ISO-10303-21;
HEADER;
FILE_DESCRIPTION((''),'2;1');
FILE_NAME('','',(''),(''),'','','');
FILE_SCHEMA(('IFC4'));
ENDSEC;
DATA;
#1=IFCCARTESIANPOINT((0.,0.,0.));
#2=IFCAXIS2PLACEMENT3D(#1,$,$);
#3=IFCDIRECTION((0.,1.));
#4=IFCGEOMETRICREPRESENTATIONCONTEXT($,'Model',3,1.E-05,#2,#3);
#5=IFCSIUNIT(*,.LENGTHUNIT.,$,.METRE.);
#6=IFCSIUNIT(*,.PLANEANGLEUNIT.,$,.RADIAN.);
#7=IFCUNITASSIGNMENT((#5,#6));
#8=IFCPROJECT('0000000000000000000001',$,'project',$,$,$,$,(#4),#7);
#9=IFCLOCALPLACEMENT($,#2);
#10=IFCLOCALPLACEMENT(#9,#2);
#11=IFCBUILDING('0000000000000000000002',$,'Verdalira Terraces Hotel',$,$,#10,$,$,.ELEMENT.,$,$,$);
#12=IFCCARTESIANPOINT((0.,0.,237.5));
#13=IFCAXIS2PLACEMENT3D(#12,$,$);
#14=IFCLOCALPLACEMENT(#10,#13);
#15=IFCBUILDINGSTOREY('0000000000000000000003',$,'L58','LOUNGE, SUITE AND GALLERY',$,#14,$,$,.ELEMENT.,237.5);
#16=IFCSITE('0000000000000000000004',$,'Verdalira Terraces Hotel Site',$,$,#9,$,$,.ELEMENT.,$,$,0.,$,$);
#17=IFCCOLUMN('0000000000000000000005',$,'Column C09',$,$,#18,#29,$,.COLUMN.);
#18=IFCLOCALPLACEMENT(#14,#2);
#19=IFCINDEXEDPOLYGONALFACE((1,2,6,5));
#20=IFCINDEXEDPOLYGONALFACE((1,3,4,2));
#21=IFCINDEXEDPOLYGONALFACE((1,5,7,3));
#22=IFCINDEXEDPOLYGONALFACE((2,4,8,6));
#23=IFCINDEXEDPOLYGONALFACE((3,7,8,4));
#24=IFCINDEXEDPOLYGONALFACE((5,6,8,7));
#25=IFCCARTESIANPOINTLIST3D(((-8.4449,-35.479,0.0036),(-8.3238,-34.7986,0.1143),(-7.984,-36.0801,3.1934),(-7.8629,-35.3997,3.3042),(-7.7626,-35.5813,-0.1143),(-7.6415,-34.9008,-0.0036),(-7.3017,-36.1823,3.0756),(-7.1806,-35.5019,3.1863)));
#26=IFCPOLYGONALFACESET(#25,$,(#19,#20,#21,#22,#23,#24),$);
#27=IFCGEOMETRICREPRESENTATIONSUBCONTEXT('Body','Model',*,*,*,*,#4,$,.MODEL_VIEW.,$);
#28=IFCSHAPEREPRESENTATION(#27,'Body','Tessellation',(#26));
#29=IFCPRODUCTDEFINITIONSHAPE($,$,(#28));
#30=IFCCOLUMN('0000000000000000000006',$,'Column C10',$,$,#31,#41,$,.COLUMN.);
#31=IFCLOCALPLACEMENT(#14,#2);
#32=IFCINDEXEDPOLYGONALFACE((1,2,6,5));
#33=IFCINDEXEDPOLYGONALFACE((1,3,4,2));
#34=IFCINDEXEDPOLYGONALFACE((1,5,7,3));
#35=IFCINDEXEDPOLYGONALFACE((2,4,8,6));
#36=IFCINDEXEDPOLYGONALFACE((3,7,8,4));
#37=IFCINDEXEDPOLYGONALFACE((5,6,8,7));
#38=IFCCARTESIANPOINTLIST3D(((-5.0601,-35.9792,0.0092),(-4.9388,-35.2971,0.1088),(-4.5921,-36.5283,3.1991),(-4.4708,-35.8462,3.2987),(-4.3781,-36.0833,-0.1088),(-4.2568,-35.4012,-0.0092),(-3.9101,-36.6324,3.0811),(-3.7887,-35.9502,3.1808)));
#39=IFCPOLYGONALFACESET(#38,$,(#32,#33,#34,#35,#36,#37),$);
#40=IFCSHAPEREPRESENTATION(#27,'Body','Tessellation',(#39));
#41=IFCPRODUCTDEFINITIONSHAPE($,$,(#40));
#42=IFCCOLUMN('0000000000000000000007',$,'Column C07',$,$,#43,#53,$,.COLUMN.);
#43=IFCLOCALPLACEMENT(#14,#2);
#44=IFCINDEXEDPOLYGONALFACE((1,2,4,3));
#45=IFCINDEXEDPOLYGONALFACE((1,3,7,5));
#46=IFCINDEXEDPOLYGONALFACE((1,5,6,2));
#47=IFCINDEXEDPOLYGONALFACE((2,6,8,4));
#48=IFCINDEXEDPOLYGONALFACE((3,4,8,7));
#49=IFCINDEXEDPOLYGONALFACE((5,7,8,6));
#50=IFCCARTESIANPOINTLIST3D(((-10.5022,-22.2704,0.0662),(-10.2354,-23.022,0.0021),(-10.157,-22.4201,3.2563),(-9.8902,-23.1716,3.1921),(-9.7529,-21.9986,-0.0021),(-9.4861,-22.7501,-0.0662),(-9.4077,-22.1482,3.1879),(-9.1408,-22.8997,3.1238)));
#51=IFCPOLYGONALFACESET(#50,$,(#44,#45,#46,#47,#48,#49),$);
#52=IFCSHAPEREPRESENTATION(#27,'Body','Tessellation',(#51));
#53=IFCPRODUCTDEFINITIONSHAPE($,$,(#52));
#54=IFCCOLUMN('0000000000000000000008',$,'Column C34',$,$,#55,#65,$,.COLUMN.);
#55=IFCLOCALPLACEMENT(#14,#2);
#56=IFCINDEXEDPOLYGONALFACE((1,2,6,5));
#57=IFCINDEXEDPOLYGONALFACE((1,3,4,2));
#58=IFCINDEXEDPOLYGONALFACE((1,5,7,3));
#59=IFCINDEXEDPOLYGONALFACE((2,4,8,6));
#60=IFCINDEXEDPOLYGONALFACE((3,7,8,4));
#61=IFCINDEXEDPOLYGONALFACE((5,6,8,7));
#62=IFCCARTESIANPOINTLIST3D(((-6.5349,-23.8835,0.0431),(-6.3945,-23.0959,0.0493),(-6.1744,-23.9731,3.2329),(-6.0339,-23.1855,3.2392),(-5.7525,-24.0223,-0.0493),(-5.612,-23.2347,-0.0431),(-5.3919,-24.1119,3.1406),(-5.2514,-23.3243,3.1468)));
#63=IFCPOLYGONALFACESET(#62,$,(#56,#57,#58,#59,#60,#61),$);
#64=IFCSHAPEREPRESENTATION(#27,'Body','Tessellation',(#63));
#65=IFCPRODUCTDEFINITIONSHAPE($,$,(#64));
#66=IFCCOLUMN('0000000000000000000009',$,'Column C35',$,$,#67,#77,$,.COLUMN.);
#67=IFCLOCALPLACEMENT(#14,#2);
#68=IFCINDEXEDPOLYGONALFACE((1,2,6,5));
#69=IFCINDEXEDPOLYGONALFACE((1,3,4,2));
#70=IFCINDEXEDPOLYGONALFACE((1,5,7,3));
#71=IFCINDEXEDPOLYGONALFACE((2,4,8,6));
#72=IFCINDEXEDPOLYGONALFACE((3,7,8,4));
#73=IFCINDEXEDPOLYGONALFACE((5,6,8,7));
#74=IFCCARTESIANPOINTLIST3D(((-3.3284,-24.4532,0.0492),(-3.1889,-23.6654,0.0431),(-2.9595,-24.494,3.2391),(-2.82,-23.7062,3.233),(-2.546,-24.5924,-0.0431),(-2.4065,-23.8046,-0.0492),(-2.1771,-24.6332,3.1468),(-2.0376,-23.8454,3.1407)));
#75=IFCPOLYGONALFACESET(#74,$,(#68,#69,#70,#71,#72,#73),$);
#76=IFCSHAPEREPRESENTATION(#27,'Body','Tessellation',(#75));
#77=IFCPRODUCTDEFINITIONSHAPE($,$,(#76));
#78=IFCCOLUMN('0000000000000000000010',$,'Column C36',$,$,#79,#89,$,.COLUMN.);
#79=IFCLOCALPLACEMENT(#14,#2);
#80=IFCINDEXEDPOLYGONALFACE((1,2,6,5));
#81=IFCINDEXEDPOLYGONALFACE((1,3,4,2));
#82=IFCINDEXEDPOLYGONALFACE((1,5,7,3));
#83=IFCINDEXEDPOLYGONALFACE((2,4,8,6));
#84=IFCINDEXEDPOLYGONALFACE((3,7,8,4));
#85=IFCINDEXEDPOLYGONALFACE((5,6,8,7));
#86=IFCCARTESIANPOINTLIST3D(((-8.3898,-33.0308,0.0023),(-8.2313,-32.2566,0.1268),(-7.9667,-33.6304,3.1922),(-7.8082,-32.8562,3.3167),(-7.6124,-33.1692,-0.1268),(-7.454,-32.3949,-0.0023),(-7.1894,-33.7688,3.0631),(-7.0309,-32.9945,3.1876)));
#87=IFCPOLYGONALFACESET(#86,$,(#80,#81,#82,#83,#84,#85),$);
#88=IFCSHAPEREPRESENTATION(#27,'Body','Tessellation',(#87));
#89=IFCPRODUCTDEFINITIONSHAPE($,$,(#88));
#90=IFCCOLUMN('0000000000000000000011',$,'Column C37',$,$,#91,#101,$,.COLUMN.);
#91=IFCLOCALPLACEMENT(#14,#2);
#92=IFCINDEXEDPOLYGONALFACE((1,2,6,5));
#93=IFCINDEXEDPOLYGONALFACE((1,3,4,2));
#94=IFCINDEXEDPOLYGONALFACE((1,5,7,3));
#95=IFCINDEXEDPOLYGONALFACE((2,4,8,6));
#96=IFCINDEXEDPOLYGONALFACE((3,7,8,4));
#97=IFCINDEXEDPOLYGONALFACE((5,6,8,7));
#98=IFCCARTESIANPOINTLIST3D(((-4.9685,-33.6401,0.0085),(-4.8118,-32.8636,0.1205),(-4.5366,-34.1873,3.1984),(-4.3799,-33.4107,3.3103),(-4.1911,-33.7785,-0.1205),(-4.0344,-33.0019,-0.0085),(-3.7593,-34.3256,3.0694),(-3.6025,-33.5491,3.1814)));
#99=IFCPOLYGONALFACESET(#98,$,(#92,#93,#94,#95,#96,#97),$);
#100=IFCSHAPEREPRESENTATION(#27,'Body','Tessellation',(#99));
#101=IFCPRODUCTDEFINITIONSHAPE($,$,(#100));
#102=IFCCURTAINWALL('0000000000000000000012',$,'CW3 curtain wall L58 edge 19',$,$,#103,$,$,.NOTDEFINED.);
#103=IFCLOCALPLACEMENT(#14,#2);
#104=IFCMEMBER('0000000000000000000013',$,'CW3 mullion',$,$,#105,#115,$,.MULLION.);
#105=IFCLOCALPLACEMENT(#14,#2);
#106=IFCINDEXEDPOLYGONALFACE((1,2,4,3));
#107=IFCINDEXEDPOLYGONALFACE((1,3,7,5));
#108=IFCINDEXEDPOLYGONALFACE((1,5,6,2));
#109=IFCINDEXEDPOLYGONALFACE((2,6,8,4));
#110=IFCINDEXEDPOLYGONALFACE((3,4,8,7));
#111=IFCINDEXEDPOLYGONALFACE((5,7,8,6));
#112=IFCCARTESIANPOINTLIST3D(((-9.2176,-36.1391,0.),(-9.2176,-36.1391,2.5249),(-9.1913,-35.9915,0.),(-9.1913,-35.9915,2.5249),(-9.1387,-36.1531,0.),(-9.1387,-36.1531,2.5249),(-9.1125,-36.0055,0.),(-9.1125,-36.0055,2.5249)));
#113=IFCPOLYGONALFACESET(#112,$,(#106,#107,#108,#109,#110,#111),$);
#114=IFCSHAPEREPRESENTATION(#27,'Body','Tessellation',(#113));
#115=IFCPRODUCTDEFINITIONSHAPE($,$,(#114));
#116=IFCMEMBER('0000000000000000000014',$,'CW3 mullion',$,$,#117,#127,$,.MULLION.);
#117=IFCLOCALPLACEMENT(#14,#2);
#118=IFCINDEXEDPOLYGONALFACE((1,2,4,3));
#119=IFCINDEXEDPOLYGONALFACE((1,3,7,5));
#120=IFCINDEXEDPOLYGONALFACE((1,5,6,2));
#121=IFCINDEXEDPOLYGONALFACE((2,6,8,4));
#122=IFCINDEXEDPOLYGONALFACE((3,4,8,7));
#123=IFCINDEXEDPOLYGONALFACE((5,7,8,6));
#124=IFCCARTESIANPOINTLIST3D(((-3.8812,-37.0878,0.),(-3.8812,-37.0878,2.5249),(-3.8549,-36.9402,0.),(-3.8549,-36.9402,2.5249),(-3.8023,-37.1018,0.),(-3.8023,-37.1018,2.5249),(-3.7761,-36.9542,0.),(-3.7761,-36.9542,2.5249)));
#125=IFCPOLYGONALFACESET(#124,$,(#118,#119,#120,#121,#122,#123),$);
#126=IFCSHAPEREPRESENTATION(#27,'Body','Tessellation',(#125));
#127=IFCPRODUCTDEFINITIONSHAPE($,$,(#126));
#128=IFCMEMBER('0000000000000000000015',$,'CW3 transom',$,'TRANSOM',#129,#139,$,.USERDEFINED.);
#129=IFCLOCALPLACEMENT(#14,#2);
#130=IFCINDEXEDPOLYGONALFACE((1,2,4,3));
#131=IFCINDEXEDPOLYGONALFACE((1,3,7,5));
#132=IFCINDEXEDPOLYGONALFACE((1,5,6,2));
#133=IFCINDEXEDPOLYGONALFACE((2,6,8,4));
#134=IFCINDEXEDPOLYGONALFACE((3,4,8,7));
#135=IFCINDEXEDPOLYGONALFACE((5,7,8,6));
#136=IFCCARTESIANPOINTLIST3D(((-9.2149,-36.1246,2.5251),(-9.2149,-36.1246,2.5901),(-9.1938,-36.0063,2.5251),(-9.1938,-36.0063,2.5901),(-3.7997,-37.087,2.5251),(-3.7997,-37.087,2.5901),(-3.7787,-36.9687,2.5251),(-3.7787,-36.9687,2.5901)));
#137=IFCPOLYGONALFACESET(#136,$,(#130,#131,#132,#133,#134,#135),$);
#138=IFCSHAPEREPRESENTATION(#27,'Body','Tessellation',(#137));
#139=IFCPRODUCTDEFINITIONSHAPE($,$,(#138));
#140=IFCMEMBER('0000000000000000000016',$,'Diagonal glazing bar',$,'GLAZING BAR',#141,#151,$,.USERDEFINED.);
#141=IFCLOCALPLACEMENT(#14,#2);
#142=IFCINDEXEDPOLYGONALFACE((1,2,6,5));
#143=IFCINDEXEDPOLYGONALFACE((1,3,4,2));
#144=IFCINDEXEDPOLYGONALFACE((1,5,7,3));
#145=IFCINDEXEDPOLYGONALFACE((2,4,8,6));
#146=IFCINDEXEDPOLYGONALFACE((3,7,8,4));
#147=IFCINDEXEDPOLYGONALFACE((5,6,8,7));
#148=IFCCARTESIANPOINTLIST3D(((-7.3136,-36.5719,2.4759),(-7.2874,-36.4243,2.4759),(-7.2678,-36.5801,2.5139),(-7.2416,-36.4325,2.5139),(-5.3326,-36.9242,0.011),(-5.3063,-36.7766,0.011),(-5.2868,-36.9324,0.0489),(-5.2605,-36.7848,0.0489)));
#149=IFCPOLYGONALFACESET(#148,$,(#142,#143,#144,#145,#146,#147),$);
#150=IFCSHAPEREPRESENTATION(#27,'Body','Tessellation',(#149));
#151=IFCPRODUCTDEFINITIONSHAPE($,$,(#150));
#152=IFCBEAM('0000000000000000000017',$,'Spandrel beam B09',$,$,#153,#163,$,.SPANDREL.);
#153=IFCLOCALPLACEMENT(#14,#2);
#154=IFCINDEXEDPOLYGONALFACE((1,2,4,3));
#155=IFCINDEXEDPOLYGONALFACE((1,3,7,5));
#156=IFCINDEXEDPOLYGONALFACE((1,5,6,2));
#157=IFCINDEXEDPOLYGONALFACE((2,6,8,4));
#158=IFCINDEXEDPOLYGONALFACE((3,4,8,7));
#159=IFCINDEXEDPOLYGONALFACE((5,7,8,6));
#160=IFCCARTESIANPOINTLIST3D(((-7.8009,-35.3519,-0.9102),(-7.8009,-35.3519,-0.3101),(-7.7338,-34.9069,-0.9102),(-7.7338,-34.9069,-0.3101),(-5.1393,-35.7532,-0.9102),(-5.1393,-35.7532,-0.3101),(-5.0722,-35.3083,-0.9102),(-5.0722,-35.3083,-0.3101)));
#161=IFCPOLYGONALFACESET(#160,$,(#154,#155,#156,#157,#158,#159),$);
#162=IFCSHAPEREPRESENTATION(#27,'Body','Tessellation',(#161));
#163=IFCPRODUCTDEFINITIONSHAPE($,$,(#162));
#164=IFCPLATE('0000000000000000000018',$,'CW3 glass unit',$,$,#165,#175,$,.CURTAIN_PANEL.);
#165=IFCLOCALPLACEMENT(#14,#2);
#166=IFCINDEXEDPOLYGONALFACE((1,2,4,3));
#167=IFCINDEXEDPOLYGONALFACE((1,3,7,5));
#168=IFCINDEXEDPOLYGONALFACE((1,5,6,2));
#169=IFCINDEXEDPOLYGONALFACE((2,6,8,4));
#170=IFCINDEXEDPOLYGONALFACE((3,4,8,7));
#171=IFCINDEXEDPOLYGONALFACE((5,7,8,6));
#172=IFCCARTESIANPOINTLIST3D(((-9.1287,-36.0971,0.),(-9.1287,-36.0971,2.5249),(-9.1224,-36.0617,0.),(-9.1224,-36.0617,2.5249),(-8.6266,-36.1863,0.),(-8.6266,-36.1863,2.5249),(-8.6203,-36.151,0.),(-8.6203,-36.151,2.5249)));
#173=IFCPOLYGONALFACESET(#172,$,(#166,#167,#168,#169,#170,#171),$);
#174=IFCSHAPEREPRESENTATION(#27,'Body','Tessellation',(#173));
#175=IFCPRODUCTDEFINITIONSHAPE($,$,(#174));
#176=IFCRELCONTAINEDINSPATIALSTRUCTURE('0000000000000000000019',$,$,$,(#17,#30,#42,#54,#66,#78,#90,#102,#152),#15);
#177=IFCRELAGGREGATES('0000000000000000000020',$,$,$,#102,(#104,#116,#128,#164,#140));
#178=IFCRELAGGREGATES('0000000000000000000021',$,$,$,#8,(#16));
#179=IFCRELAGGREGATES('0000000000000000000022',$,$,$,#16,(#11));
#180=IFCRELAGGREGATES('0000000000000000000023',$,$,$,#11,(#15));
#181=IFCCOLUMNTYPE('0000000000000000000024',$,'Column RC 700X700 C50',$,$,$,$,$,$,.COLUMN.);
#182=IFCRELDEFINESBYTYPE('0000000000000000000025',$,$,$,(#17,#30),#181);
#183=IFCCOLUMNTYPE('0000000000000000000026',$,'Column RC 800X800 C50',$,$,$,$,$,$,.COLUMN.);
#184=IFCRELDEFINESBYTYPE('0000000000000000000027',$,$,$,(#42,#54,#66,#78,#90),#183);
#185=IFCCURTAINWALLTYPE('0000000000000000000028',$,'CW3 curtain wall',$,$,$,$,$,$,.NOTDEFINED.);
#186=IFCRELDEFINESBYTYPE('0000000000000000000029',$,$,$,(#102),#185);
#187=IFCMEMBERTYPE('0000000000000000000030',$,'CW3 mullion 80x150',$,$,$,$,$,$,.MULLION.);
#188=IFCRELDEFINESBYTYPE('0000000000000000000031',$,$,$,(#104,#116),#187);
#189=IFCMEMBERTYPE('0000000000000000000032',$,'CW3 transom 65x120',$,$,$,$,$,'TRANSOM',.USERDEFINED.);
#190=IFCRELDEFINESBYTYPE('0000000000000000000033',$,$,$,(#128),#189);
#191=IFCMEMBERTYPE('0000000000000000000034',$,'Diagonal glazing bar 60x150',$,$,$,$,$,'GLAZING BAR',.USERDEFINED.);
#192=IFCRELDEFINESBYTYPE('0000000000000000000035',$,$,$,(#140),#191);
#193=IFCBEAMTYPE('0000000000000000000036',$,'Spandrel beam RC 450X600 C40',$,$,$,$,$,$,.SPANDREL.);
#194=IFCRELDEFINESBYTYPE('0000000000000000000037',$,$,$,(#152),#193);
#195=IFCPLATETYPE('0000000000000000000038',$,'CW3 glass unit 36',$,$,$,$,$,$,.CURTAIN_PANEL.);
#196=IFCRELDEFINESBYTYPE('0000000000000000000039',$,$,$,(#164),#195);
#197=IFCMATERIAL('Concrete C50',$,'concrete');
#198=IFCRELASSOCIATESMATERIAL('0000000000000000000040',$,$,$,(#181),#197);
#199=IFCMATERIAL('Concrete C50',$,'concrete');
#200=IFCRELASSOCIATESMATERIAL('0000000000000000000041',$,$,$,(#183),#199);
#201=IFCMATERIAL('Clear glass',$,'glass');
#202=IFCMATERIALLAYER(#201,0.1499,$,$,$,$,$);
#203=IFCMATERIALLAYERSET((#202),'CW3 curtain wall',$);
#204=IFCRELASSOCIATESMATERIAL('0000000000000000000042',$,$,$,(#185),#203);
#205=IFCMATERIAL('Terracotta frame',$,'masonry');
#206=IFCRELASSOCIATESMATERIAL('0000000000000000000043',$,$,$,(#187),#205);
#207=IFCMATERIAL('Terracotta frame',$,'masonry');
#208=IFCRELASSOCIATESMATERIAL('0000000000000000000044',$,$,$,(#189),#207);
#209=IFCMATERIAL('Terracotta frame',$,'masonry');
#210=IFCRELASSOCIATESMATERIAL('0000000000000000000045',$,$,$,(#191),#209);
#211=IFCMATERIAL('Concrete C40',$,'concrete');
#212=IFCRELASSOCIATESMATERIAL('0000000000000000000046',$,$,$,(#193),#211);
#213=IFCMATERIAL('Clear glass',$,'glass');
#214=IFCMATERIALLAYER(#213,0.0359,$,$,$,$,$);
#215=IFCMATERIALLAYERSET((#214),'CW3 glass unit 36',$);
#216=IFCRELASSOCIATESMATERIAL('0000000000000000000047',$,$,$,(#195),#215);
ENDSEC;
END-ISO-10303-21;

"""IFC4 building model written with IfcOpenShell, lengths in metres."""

from ifc_helpers import new_model, si_unit, direction, frame, origin, origin_2d, place, context, subcontext, project, spatial, rectangle, extrude, material, layer, layer_set, material_profile, profile_set, type_object, element, aggregate, save


model = new_model("IFC4")

# Units and contexts
model_context = context("Model", 3, precision=1e-05, world=origin(), true_north=direction((0.0, 1.0)))
body_context = subcontext(model_context, "Body", "Model", "MODEL_VIEW")
ifc_project = project(units=[si_unit("LENGTHUNIT", "METRE"), si_unit("PLANEANGLEUNIT", "RADIAN")], contexts=[model_context])

# Site, building, storey
site_placement = place(None, origin())
site = spatial("IfcSite", under=ifc_project, at=site_placement, Name="Verdalira Terraces Hotel Site", CompositionType="ELEMENT", RefElevation=0.0)
building_placement = place(site_placement, origin())
building = spatial("IfcBuilding", under=site, at=building_placement, Name="Verdalira Terraces Hotel", CompositionType="ELEMENT")
storey_placement = place(building_placement, frame((0.0, 0.0, 237.5)))
storey = spatial("IfcBuildingStorey", under=building, at=storey_placement, Name="L58", Description="LOUNGE, SUITE AND GALLERY", CompositionType="ELEMENT", Elevation=237.5)

# Columns
ifc_material_1 = material(Name="Concrete C50", Category="concrete")
ifc_material_profile_1 = material_profile(ifc_material_1, rectangle(XDim=0.7, YDim=0.7, at=origin_2d()), Name="RC 700X700")
ifc_profile_set_1 = profile_set([ifc_material_profile_1], Name="Concrete C50")
column_type_1 = type_object("IfcColumnType", Name="Column RC 700X700 C50", PredefinedType="COLUMN", material=ifc_profile_set_1)
column_1_placement = place(storey_placement, frame((-8.0432, -35.1899, 0.0), z_axis=(0.140588, -0.18333, 0.972947), x_axis=(0.974839, -0.146069, -0.168385)))
element("IfcColumn", 1, at=column_1_placement, inside=storey, type_object=column_type_1, Name="Column C09", PredefinedType="COLUMN", context=body_context, shape_type="SweptSolid", body=[
    extrude(rectangle(XDim=0.7, YDim=0.7, at=origin_2d()), origin(), (0.0, 0.0, 1.0), 3.2786),
])
column_2_placement = place(storey_placement, frame((-4.6584, -35.6902, 0.0), z_axis=(0.143102, -0.167886, 0.975365), x_axis=(0.974413, -0.148691, -0.168556)))
element("IfcColumn", 2, at=column_2_placement, inside=storey, type_object=column_type_1, Name="Column C10", PredefinedType="COLUMN", context=body_context, shape_type="SweptSolid", body=[
    extrude(rectangle(XDim=0.7, YDim=0.7, at=origin_2d()), origin(), (0.0, 0.0, 1.0), 3.2705),
])
ifc_material_2 = material(Name="Concrete C50", Category="concrete")
ifc_material_profile_2 = material_profile(ifc_material_2, rectangle(XDim=0.8, YDim=0.8, at=origin_2d()), Name="RC 800X800")
ifc_profile_set_2 = profile_set([ifc_material_profile_2], Name="Concrete C50")
column_type_2 = type_object("IfcColumnType", Name="Column RC 800X800 C50", PredefinedType="COLUMN", material=ifc_profile_set_2)
column_3_placement = place(storey_placement, frame((-9.9941, -22.5103, 0.0), z_axis=(0.107475, -0.046593, 0.993115), x_axis=(-0.333514, 0.939331, 0.080162)))
element("IfcColumn", 3, at=column_3_placement, inside=storey, type_object=column_type_2, Name="Column C07", PredefinedType="COLUMN", context=body_context, shape_type="SweptSolid", body=[
    extrude(rectangle(XDim=0.8, YDim=0.8, at=origin_2d()), origin(), (0.0, 0.0, 1.0), 3.2122),
])
for number, where, z_axis, x_axis, name in (
    (4, (-6.0735, -23.5591, 0.0), (0.112282, -0.0279, 0.993285), (-0.175531, -0.984443, -0.007809), "Column C34"),
    (5, (-2.8674, -24.1289, 0.0), (0.114869, -0.012696, 0.9933), (-0.174322, -0.98466, 0.007574), "Column C35"),
):
    element("IfcColumn", number, at=place(storey_placement, frame(where, z_axis=z_axis, x_axis=x_axis)), inside=storey, type_object=column_type_2, Name=name, PredefinedType="COLUMN", context=body_context, shape_type="SweptSolid", body=[
        extrude(rectangle(XDim=0.8, YDim=0.8, at=origin_2d()), origin(), (0.0, 0.0, 1.0), 3.2114),
    ])
column_4_placement = place(storey_placement, frame((-7.9219, -32.7129, 0.0), z_axis=(0.129258, -0.183184, 0.974544), x_axis=(-0.198095, -0.967748, -0.155632)))
element("IfcColumn", 6, at=column_4_placement, inside=storey, type_object=column_type_2, Name="Column C36", PredefinedType="COLUMN", context=body_context, shape_type="SweptSolid", body=[
    extrude(rectangle(XDim=0.8, YDim=0.8, at=origin_2d()), origin(), (0.0, 0.0, 1.0), 3.2732),
])
column_5_placement = place(storey_placement, frame((-4.5015, -33.321, 0.0), z_axis=(0.132269, -0.16756, 0.976949), x_axis=(-0.195907, -0.970585, -0.139945)))
element("IfcColumn", 7, at=column_5_placement, inside=storey, type_object=column_type_2, Name="Column C37", PredefinedType="COLUMN", context=body_context, shape_type="SweptSolid", body=[
    extrude(rectangle(XDim=0.8, YDim=0.8, at=origin_2d()), origin(), (0.0, 0.0, 1.0), 3.2651),
])

# Curtain wall, members
ifc_material_3 = material(Name="Clear glass", Category="glass")
ifc_layer_1 = layer(ifc_material_3, 0.1499)
ifc_layer_set_1 = layer_set([ifc_layer_1], Name="CW3 curtain wall")
curtain_wall_type = type_object("IfcCurtainWallType", Name="CW3 curtain wall", PredefinedType="NOTDEFINED", material=ifc_layer_set_1)
curtain_wall_placement = place(storey_placement, origin())
curtain_wall = element("IfcCurtainWall", 8, at=curtain_wall_placement, inside=storey, type_object=curtain_wall_type, Name="CW3 curtain wall L58 edge 19", PredefinedType="NOTDEFINED")
ifc_material_4 = material(Name="Terracotta frame", Category="masonry")
ifc_material_profile_3 = material_profile(ifc_material_4, rectangle(XDim=0.0801, YDim=0.1499, at=origin_2d()), Name="MU 80x150")
ifc_profile_set_3 = profile_set([ifc_material_profile_3], Name="Terracotta frame")
member_type_1 = type_object("IfcMemberType", Name="CW3 mullion 80x150", PredefinedType="MULLION", material=ifc_profile_set_3)
member_1_placement = place(storey_placement, frame((-9.165, -36.0723, 0.0), z_axis=(0.0, 0.0, 1.0), x_axis=(0.984564, -0.175023, 0.0)))
member_1 = element("IfcMember", 9, at=member_1_placement, type_object=member_type_1, Name="CW3 mullion", PredefinedType="MULLION", context=body_context, shape_type="SweptSolid", body=[
    extrude(rectangle(XDim=0.0801, YDim=0.1499, at=origin_2d()), origin(), (0.0, 0.0, 1.0), 2.5249),
])
member_2_placement = place(storey_placement, frame((-3.8286, -37.021, 0.0), z_axis=(0.0, 0.0, 1.0), x_axis=(0.984564, -0.175023, 0.0)))
member_2 = element("IfcMember", 10, at=member_2_placement, type_object=member_type_1, Name="CW3 mullion", PredefinedType="MULLION", context=body_context, shape_type="SweptSolid", body=[
    extrude(rectangle(XDim=0.0801, YDim=0.1499, at=origin_2d()), origin(), (0.0, 0.0, 1.0), 2.5249),
])
ifc_material_5 = material(Name="Terracotta frame", Category="masonry")
ifc_material_profile_4 = material_profile(ifc_material_5, rectangle(XDim=0.1201, YDim=0.0649, at=origin_2d()), Name="TR 65x120")
ifc_profile_set_4 = profile_set([ifc_material_profile_4], Name="Terracotta frame")
member_type_2 = type_object("IfcMemberType", Name="CW3 transom 65x120", ElementType="TRANSOM", PredefinedType="USERDEFINED", material=ifc_profile_set_4)
member_3_placement = place(storey_placement, frame((-9.2043, -36.0654, 2.5576), z_axis=(0.984571, -0.174986, 0.0), x_axis=(0.174986, 0.984571, 0.0)))
member_3 = element("IfcMember", 11, at=member_3_placement, type_object=member_type_2, Name="CW3 transom", ObjectType="TRANSOM", PredefinedType="USERDEFINED", context=body_context, shape_type="SweptSolid", body=[
    extrude(rectangle(XDim=0.1201, YDim=0.0649, at=origin_2d()), origin(), (0.0, 0.0, 1.0), 5.5),
])
ifc_material_6 = material(Name="Terracotta frame", Category="masonry")
ifc_material_profile_5 = material_profile(ifc_material_6, rectangle(XDim=0.1499, YDim=0.0601, at=origin_2d()), Name="GB 60x150")
ifc_profile_set_5 = profile_set([ifc_material_profile_5], Name="Terracotta frame")
member_type_3 = type_object("IfcMemberType", Name="Diagonal glazing bar 60x150", ElementType="GLAZING BAR", PredefinedType="USERDEFINED", material=ifc_profile_set_5)
member_4_placement = place(storey_placement, frame((-7.2776, -36.5022, 2.4949), z_axis=(0.622593, -0.110722, -0.774673), x_axis=(0.175093, 0.984552, 0.0)))
member_4 = element("IfcMember", 12, at=member_4_placement, type_object=member_type_3, Name="Diagonal glazing bar", ObjectType="GLAZING BAR", PredefinedType="USERDEFINED", context=body_context, shape_type="SweptSolid", body=[
    extrude(rectangle(XDim=0.1499, YDim=0.0601, at=origin_2d()), origin(), (0.0, 0.0, 1.0), 3.1819),
])

# Beam
ifc_material_7 = material(Name="Concrete C40", Category="concrete")
ifc_material_profile_6 = material_profile(ifc_material_7, rectangle(XDim=0.45, YDim=0.6001, at=origin_2d()), Name="RC 450X600")
ifc_profile_set_6 = profile_set([ifc_material_profile_6], Name="Concrete C40")
beam_type = type_object("IfcBeamType", Name="Spandrel beam RC 450X600 C40", PredefinedType="SPANDREL", material=ifc_profile_set_6)
beam_placement = place(storey_placement, frame((-7.7673, -35.1294, -0.6101), z_axis=(0.98882, -0.149112, 0.0), x_axis=(0.149112, 0.98882, 0.0)))
element("IfcBeam", 13, at=beam_placement, inside=storey, type_object=beam_type, Name="Spandrel beam B09", PredefinedType="SPANDREL", context=body_context, shape_type="SweptSolid", body=[
    extrude(rectangle(XDim=0.45, YDim=0.6001, at=origin_2d()), origin(), (0.0, 0.0, 1.0), 2.6917),
])

# Plate
ifc_material_8 = material(Name="Clear glass", Category="glass")
ifc_layer_2 = layer(ifc_material_8, 0.0359)
ifc_layer_set_2 = layer_set([ifc_layer_2], Name="CW3 glass unit 36")
plate_type = type_object("IfcPlateType", Name="CW3 glass unit 36", PredefinedType="CURTAIN_PANEL", material=ifc_layer_set_2)
plate_1_placement = place(storey_placement, frame((-8.8745, -36.124, 0.0), z_axis=(0.0, 0.0, 1.0), x_axis=(0.984564, -0.175023, 0.0)))
plate_1 = element("IfcPlate", 14, at=plate_1_placement, type_object=plate_type, Name="CW3 glass unit", PredefinedType="CURTAIN_PANEL", context=body_context, shape_type="SweptSolid", body=[
    extrude(rectangle(XDim=0.51, YDim=0.0359, at=origin_2d()), origin(), (0.0, 0.0, 1.0), 2.5249),
])
aggregate(curtain_wall, [member_1, member_2, member_3, plate_1, member_4])

save(model, "model.ifc")
